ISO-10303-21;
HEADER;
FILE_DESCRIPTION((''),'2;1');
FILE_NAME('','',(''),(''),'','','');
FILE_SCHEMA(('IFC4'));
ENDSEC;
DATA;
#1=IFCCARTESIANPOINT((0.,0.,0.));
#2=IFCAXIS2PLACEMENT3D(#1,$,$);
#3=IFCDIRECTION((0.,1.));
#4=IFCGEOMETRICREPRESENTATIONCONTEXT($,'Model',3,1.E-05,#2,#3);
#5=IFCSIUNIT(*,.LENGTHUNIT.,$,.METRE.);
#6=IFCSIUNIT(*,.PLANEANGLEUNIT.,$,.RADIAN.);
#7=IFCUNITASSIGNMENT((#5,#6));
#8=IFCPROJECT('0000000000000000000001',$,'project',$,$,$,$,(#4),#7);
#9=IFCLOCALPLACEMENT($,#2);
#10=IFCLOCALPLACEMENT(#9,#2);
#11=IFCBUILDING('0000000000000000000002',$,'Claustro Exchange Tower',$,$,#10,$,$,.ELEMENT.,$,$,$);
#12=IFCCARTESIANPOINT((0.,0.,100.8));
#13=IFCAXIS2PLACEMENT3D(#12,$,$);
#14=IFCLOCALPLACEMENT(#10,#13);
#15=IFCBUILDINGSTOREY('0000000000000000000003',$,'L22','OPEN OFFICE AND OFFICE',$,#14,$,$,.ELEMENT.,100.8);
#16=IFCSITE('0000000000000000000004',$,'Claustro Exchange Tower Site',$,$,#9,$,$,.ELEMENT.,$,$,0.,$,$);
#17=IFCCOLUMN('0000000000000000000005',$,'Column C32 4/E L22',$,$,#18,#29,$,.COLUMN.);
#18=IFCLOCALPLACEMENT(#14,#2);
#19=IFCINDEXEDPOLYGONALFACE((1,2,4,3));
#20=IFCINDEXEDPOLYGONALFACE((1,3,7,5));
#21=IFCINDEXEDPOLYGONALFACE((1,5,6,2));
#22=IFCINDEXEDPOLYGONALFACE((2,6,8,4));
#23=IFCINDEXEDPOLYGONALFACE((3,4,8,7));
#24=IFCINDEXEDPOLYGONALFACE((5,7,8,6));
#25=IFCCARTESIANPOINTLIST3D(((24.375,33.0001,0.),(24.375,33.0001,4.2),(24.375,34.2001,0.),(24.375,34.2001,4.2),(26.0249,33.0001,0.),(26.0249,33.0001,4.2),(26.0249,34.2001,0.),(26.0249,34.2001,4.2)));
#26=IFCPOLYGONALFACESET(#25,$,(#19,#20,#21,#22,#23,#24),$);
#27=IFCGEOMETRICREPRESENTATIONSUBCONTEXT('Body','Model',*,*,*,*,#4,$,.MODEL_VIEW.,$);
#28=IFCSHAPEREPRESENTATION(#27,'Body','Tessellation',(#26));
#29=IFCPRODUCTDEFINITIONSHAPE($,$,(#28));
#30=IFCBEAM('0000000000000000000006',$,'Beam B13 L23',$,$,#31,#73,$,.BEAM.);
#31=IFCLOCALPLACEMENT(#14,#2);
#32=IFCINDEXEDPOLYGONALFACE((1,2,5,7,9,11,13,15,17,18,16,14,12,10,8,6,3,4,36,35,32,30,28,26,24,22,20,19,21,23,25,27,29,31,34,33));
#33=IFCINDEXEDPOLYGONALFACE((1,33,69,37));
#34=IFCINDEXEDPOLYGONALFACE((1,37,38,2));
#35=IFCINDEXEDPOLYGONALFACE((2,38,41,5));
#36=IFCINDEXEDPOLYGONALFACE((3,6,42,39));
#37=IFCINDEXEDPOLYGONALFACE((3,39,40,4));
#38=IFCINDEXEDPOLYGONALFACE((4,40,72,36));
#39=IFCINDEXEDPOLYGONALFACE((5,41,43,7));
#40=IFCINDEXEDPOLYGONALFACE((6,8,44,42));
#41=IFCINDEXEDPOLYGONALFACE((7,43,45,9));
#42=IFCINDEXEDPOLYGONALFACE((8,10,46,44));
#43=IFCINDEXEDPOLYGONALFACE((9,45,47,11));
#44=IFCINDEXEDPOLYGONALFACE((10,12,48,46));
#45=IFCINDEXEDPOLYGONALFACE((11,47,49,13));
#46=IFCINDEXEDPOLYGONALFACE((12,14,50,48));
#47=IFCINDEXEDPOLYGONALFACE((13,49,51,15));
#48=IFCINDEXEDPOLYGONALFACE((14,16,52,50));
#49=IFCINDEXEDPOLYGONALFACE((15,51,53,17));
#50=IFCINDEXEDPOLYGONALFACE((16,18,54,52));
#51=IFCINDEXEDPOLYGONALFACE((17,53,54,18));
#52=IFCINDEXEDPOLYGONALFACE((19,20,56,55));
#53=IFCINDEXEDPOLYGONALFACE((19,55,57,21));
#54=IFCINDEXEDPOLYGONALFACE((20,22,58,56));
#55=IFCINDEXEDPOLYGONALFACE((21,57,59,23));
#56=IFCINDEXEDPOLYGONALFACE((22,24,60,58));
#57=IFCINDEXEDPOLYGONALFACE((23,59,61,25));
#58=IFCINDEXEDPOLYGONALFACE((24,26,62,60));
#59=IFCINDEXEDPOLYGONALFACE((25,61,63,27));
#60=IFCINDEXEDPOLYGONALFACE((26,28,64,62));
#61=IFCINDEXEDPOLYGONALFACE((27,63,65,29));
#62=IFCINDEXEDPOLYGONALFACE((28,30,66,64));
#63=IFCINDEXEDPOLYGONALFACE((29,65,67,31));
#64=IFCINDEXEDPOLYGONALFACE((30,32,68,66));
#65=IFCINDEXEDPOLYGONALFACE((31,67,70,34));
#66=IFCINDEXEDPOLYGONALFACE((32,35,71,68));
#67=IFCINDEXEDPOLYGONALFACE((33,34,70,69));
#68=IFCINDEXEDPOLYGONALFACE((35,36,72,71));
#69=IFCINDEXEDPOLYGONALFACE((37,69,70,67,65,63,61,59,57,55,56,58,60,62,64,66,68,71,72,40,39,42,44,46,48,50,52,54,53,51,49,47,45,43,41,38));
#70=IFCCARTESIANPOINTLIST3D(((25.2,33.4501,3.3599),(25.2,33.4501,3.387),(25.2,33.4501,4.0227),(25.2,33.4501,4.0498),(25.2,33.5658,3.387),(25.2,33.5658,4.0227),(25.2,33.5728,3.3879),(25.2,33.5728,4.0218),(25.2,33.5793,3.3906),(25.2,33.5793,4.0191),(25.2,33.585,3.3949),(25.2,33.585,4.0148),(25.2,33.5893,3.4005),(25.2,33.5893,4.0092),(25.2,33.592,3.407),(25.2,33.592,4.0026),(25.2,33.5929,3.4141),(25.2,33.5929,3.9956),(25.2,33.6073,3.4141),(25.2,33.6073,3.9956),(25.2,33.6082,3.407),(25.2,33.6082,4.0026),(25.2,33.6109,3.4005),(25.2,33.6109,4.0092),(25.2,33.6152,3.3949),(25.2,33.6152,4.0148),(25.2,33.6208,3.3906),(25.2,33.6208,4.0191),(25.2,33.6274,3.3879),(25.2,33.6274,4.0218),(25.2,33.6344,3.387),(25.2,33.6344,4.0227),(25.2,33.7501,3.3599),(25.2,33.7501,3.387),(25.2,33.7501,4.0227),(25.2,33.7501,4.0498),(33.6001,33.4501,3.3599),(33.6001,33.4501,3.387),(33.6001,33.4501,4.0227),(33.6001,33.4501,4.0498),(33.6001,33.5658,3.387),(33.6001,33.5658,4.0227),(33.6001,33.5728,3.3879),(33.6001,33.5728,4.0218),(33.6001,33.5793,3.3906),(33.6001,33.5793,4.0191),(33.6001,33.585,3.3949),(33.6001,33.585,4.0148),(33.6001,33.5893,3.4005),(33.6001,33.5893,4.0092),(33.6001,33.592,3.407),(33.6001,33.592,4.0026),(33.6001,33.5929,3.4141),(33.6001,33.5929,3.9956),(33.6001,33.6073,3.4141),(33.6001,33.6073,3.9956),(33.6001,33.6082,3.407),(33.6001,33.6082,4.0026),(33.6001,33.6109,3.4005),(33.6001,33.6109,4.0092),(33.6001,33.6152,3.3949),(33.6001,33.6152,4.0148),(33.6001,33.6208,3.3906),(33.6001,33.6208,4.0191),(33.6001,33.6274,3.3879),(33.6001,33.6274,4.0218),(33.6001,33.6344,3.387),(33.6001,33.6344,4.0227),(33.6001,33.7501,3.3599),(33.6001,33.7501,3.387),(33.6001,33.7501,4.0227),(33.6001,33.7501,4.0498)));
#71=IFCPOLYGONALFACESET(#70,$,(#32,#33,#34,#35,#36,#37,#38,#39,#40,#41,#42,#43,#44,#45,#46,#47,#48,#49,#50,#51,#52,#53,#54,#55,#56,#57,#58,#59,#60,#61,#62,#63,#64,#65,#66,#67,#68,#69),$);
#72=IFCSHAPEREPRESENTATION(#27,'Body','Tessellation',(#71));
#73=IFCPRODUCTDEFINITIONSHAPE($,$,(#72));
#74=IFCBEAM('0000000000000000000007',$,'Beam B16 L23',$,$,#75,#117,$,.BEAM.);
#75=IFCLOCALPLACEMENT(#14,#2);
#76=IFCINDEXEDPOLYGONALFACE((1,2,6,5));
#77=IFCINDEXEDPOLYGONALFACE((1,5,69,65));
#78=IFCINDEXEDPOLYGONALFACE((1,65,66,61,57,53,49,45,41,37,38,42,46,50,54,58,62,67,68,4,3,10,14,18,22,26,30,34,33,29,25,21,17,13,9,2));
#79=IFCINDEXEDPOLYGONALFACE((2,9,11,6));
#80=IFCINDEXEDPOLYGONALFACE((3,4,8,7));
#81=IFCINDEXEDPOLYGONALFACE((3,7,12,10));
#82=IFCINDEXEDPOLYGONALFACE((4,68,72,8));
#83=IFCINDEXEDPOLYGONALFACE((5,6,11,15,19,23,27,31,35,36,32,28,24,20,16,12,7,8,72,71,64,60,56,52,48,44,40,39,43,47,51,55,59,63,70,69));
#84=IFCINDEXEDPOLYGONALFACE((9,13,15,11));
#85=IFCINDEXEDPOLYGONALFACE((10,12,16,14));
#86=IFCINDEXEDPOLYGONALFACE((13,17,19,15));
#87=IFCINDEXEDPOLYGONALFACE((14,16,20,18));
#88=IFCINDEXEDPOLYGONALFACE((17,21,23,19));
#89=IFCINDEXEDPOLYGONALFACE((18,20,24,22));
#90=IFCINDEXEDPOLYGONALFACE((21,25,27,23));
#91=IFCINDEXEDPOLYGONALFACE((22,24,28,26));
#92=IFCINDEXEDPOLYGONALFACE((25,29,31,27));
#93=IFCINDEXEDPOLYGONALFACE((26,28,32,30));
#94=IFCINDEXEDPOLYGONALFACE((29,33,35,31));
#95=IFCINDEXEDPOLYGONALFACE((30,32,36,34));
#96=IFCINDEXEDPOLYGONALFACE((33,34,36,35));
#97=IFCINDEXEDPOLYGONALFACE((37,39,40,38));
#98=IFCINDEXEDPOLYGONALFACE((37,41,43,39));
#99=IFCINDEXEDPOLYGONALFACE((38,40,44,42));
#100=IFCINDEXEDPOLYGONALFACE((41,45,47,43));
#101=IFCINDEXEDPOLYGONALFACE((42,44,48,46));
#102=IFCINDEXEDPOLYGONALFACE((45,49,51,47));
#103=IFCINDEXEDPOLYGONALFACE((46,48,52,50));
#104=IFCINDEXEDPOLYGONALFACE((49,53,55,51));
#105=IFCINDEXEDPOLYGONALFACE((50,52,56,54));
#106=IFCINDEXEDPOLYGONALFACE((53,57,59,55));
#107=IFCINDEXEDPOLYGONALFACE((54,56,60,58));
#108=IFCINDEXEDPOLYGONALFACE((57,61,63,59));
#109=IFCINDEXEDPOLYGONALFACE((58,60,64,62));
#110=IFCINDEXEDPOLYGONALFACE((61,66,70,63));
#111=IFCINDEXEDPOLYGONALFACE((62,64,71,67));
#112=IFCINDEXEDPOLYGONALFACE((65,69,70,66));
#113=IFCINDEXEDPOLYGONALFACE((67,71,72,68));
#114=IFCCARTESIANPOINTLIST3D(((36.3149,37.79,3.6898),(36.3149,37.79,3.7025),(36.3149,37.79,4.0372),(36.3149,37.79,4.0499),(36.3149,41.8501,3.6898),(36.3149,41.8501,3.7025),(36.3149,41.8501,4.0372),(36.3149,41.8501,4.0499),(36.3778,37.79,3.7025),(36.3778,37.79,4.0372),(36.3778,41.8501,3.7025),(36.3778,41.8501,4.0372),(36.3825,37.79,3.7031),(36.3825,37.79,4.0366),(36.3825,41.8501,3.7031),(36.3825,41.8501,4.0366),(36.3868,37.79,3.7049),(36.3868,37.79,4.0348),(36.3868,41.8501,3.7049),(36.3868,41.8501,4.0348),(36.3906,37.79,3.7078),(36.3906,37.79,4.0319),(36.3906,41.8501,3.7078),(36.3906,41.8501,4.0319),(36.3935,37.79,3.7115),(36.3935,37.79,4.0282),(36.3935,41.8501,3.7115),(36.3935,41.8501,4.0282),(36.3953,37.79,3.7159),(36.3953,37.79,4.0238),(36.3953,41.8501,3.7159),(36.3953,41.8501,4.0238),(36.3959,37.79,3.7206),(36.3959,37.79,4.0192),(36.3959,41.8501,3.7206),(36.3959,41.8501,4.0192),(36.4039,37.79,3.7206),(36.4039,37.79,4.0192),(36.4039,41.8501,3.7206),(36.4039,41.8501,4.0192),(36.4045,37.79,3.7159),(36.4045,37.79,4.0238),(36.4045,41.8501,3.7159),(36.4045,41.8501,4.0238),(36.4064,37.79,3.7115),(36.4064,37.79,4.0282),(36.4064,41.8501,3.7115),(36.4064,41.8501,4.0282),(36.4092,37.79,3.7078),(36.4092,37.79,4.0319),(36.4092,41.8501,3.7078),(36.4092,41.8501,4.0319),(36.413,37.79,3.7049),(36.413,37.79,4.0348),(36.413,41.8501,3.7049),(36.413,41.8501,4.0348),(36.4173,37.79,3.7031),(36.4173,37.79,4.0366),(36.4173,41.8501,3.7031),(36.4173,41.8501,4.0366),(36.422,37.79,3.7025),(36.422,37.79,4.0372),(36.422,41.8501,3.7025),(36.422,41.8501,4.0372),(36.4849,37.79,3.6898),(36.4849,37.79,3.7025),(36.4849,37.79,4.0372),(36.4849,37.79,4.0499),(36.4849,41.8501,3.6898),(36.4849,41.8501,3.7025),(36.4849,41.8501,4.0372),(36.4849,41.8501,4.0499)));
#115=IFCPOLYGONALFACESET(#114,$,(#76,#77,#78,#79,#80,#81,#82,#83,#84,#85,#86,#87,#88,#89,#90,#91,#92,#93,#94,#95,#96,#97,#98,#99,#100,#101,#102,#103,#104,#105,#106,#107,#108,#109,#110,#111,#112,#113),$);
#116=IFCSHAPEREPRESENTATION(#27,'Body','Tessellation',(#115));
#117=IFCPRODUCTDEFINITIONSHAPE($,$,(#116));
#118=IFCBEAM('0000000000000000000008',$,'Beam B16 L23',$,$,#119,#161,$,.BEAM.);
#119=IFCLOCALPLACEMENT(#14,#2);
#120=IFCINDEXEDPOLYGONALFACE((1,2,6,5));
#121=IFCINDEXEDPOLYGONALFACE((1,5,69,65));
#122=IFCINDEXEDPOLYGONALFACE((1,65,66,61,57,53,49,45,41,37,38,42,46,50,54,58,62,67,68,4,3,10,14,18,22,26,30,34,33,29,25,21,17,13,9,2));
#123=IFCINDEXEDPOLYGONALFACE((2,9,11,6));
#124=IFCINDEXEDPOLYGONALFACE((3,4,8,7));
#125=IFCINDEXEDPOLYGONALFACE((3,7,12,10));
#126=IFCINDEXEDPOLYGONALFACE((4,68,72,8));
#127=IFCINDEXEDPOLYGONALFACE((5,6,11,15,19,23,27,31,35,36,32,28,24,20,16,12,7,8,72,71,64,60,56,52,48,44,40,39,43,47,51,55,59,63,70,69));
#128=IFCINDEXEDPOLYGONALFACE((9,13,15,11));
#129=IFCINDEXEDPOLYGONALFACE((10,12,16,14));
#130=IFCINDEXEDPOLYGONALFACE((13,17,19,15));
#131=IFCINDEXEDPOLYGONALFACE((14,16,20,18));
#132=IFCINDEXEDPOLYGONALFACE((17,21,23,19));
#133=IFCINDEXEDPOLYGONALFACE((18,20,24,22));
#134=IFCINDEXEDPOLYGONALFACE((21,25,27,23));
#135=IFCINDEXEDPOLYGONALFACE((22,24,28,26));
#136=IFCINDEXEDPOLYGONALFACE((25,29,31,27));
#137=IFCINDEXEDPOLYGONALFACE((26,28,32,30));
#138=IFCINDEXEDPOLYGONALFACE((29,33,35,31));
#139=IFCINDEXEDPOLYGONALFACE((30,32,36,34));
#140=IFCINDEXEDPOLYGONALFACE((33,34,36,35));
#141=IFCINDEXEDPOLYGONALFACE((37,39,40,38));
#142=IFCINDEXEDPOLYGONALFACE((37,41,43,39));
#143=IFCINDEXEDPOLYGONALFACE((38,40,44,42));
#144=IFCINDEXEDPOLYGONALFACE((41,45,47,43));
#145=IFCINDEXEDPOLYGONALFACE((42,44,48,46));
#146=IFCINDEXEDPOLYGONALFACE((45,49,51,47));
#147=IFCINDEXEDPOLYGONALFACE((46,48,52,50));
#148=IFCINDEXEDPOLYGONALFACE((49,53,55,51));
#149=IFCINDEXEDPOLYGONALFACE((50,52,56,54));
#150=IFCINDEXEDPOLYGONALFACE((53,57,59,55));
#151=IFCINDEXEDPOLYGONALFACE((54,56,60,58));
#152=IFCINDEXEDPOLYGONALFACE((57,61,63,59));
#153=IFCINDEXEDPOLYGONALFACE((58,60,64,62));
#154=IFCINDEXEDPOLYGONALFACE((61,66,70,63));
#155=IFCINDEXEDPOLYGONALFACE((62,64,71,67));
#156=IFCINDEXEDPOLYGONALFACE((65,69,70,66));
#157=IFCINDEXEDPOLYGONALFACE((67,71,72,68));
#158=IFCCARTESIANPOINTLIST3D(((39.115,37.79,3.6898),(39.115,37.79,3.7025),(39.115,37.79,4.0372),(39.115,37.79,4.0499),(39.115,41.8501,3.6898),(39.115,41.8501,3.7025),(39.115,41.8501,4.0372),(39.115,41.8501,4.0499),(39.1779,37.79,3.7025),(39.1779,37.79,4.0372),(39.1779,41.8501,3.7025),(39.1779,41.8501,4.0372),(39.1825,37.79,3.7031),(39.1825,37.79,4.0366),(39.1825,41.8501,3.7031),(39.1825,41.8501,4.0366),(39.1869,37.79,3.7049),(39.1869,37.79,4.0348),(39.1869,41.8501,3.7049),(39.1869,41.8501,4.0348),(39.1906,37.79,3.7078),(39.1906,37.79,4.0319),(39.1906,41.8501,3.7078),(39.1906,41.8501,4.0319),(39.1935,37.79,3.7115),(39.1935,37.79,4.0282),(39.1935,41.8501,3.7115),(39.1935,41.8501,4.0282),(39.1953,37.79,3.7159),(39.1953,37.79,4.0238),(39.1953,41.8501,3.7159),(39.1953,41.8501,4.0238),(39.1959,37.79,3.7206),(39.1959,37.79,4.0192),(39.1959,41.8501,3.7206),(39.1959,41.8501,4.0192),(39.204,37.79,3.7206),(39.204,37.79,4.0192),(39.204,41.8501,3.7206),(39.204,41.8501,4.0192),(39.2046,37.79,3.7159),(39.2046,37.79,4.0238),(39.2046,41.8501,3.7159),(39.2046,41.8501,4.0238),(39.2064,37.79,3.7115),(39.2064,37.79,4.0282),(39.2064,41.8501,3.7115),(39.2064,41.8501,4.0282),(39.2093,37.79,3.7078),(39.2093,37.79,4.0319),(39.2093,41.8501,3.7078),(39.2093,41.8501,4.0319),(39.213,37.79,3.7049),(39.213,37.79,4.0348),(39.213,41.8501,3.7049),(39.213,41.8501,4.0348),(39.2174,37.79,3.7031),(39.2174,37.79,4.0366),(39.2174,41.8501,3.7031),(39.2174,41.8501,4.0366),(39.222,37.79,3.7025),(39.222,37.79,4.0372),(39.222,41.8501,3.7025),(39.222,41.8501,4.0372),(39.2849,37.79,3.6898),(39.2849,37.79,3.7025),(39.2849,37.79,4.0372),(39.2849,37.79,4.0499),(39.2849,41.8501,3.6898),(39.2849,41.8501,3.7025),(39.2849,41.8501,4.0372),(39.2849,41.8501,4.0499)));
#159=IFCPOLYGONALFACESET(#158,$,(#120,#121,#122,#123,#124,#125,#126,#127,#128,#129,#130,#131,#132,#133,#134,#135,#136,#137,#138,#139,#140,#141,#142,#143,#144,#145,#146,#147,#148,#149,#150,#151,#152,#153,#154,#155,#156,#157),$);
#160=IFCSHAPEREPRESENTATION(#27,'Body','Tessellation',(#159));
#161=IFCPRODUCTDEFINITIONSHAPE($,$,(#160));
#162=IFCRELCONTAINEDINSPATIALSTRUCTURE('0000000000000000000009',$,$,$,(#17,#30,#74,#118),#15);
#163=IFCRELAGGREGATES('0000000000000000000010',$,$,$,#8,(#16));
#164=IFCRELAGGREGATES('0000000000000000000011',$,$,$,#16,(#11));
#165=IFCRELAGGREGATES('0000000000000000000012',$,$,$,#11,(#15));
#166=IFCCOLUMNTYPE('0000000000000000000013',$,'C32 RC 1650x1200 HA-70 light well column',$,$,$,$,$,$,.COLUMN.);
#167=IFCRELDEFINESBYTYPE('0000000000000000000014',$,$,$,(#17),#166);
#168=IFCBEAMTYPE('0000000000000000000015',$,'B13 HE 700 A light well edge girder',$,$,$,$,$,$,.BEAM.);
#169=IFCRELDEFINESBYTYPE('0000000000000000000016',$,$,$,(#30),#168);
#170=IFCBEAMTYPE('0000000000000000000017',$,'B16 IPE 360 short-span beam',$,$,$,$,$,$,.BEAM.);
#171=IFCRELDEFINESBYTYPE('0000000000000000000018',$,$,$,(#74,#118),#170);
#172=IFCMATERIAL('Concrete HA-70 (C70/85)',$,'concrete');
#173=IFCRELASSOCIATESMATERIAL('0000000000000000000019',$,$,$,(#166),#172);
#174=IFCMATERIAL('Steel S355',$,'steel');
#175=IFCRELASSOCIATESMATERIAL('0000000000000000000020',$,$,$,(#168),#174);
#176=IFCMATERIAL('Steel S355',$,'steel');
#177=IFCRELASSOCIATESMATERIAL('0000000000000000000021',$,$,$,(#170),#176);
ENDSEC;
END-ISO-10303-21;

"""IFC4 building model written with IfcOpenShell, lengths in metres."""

from ifc_helpers import new_model, si_unit, direction, frame, origin, origin_2d, place, context, subcontext, project, spatial, rectangle, i_section, extrude, material, material_profile, profile_set, type_object, element, save


model = new_model("IFC4")

# Units and contexts
model_context = context("Model", 3, precision=1e-05, world=origin(), true_north=direction((0.0, 1.0)))
body_context = subcontext(model_context, "Body", "Model", "MODEL_VIEW")
ifc_project = project(units=[si_unit("LENGTHUNIT", "METRE"), si_unit("PLANEANGLEUNIT", "RADIAN")], contexts=[model_context])

# Site, building, storey
site_placement = place(None, origin())
site = spatial("IfcSite", under=ifc_project, at=site_placement, Name="Claustro Exchange Tower Site", CompositionType="ELEMENT", RefElevation=0.0)
building_placement = place(site_placement, origin())
building = spatial("IfcBuilding", under=site, at=building_placement, Name="Claustro Exchange Tower", CompositionType="ELEMENT")
storey_placement = place(building_placement, frame((0.0, 0.0, 100.8)))
storey = spatial("IfcBuildingStorey", under=building, at=storey_placement, Name="L22", Description="OPEN OFFICE AND OFFICE", CompositionType="ELEMENT", Elevation=100.8)

# Column
ifc_material_1 = material(Name="Concrete HA-70 (C70/85)", Category="concrete")
ifc_material_profile_1 = material_profile(ifc_material_1, rectangle(XDim=1.6499, YDim=1.2, at=origin_2d()), Name="RC 1650x1200")
ifc_profile_set_1 = profile_set([ifc_material_profile_1], Name="Concrete HA-70 (C70/85)")
column_type = type_object("IfcColumnType", Name="C32 RC 1650x1200 HA-70 light well column", PredefinedType="COLUMN", material=ifc_profile_set_1)
column_placement = place(storey_placement, frame((25.2, 33.6001, 0.0), z_axis=(0.0, 0.0, 1.0), x_axis=(1.0, 0.0, 0.0)))
element("IfcColumn", 1, at=column_placement, inside=storey, type_object=column_type, Name="Column C32 4/E L22", PredefinedType="COLUMN", context=body_context, shape_type="SweptSolid", body=[
    extrude(rectangle(XDim=1.6499, YDim=1.2, at=origin_2d()), origin(), (0.0, 0.0, 1.0), 4.2),
])

# Beams
ifc_material_2 = material(Name="Steel S355", Category="steel")
ifc_material_profile_2 = material_profile(ifc_material_2, i_section(OverallWidth=0.3, OverallDepth=0.6899, WebThickness=0.0144, FlangeThickness=0.0271, FilletRadius=0.0271, at=origin_2d()), Name="HE 700 A")
ifc_profile_set_2 = profile_set([ifc_material_profile_2], Name="Steel S355")
beam_type_1 = type_object("IfcBeamType", Name="B13 HE 700 A light well edge girder", PredefinedType="BEAM", material=ifc_profile_set_2)
beam_1_placement = place(storey_placement, frame((25.2, 33.6001, 3.7048), z_axis=(1.0, 0.0, 0.0), x_axis=(0.0, 1.0, 0.0)))
element("IfcBeam", 2, at=beam_1_placement, inside=storey, type_object=beam_type_1, Name="Beam B13 L23", PredefinedType="BEAM", context=body_context, shape_type="SweptSolid", body=[
    extrude(i_section(OverallWidth=0.3, OverallDepth=0.6899, WebThickness=0.0144, FlangeThickness=0.0271, FilletRadius=0.0271, at=origin_2d()), origin(), (0.0, 0.0, 1.0), 8.4001),
])
ifc_material_3 = material(Name="Steel S355", Category="steel")
ifc_material_profile_3 = material_profile(ifc_material_3, i_section(OverallWidth=0.1699, OverallDepth=0.3601, WebThickness=0.0081, FlangeThickness=0.0127, FilletRadius=0.0181, at=origin_2d()), Name="IPE 360")
ifc_profile_set_3 = profile_set([ifc_material_profile_3], Name="Steel S355")
beam_type_2 = type_object("IfcBeamType", Name="B16 IPE 360 short-span beam", PredefinedType="BEAM", material=ifc_profile_set_3)
for number, where, z_axis, x_axis, name in (
    (3, (36.3999, 37.79, 3.8699), (0.0, 1.0, 0.0), (-1.0, 0.0, 0.0), "Beam B16 L23"),
    (4, (39.2, 37.79, 3.8699), (0.0, 1.0, 0.0), (-1.0, 0.0, 0.0), "Beam B16 L23"),
):
    element("IfcBeam", number, at=place(storey_placement, frame(where, z_axis=z_axis, x_axis=x_axis)), inside=storey, type_object=beam_type_2, Name=name, PredefinedType="BEAM", context=body_context, shape_type="SweptSolid", body=[
        extrude(i_section(OverallWidth=0.1699, OverallDepth=0.3601, WebThickness=0.0081, FlangeThickness=0.0127, FilletRadius=0.0181, at=origin_2d()), origin(), (0.0, 0.0, 1.0), 4.0601),
    ])

save(model, "model.ifc")
